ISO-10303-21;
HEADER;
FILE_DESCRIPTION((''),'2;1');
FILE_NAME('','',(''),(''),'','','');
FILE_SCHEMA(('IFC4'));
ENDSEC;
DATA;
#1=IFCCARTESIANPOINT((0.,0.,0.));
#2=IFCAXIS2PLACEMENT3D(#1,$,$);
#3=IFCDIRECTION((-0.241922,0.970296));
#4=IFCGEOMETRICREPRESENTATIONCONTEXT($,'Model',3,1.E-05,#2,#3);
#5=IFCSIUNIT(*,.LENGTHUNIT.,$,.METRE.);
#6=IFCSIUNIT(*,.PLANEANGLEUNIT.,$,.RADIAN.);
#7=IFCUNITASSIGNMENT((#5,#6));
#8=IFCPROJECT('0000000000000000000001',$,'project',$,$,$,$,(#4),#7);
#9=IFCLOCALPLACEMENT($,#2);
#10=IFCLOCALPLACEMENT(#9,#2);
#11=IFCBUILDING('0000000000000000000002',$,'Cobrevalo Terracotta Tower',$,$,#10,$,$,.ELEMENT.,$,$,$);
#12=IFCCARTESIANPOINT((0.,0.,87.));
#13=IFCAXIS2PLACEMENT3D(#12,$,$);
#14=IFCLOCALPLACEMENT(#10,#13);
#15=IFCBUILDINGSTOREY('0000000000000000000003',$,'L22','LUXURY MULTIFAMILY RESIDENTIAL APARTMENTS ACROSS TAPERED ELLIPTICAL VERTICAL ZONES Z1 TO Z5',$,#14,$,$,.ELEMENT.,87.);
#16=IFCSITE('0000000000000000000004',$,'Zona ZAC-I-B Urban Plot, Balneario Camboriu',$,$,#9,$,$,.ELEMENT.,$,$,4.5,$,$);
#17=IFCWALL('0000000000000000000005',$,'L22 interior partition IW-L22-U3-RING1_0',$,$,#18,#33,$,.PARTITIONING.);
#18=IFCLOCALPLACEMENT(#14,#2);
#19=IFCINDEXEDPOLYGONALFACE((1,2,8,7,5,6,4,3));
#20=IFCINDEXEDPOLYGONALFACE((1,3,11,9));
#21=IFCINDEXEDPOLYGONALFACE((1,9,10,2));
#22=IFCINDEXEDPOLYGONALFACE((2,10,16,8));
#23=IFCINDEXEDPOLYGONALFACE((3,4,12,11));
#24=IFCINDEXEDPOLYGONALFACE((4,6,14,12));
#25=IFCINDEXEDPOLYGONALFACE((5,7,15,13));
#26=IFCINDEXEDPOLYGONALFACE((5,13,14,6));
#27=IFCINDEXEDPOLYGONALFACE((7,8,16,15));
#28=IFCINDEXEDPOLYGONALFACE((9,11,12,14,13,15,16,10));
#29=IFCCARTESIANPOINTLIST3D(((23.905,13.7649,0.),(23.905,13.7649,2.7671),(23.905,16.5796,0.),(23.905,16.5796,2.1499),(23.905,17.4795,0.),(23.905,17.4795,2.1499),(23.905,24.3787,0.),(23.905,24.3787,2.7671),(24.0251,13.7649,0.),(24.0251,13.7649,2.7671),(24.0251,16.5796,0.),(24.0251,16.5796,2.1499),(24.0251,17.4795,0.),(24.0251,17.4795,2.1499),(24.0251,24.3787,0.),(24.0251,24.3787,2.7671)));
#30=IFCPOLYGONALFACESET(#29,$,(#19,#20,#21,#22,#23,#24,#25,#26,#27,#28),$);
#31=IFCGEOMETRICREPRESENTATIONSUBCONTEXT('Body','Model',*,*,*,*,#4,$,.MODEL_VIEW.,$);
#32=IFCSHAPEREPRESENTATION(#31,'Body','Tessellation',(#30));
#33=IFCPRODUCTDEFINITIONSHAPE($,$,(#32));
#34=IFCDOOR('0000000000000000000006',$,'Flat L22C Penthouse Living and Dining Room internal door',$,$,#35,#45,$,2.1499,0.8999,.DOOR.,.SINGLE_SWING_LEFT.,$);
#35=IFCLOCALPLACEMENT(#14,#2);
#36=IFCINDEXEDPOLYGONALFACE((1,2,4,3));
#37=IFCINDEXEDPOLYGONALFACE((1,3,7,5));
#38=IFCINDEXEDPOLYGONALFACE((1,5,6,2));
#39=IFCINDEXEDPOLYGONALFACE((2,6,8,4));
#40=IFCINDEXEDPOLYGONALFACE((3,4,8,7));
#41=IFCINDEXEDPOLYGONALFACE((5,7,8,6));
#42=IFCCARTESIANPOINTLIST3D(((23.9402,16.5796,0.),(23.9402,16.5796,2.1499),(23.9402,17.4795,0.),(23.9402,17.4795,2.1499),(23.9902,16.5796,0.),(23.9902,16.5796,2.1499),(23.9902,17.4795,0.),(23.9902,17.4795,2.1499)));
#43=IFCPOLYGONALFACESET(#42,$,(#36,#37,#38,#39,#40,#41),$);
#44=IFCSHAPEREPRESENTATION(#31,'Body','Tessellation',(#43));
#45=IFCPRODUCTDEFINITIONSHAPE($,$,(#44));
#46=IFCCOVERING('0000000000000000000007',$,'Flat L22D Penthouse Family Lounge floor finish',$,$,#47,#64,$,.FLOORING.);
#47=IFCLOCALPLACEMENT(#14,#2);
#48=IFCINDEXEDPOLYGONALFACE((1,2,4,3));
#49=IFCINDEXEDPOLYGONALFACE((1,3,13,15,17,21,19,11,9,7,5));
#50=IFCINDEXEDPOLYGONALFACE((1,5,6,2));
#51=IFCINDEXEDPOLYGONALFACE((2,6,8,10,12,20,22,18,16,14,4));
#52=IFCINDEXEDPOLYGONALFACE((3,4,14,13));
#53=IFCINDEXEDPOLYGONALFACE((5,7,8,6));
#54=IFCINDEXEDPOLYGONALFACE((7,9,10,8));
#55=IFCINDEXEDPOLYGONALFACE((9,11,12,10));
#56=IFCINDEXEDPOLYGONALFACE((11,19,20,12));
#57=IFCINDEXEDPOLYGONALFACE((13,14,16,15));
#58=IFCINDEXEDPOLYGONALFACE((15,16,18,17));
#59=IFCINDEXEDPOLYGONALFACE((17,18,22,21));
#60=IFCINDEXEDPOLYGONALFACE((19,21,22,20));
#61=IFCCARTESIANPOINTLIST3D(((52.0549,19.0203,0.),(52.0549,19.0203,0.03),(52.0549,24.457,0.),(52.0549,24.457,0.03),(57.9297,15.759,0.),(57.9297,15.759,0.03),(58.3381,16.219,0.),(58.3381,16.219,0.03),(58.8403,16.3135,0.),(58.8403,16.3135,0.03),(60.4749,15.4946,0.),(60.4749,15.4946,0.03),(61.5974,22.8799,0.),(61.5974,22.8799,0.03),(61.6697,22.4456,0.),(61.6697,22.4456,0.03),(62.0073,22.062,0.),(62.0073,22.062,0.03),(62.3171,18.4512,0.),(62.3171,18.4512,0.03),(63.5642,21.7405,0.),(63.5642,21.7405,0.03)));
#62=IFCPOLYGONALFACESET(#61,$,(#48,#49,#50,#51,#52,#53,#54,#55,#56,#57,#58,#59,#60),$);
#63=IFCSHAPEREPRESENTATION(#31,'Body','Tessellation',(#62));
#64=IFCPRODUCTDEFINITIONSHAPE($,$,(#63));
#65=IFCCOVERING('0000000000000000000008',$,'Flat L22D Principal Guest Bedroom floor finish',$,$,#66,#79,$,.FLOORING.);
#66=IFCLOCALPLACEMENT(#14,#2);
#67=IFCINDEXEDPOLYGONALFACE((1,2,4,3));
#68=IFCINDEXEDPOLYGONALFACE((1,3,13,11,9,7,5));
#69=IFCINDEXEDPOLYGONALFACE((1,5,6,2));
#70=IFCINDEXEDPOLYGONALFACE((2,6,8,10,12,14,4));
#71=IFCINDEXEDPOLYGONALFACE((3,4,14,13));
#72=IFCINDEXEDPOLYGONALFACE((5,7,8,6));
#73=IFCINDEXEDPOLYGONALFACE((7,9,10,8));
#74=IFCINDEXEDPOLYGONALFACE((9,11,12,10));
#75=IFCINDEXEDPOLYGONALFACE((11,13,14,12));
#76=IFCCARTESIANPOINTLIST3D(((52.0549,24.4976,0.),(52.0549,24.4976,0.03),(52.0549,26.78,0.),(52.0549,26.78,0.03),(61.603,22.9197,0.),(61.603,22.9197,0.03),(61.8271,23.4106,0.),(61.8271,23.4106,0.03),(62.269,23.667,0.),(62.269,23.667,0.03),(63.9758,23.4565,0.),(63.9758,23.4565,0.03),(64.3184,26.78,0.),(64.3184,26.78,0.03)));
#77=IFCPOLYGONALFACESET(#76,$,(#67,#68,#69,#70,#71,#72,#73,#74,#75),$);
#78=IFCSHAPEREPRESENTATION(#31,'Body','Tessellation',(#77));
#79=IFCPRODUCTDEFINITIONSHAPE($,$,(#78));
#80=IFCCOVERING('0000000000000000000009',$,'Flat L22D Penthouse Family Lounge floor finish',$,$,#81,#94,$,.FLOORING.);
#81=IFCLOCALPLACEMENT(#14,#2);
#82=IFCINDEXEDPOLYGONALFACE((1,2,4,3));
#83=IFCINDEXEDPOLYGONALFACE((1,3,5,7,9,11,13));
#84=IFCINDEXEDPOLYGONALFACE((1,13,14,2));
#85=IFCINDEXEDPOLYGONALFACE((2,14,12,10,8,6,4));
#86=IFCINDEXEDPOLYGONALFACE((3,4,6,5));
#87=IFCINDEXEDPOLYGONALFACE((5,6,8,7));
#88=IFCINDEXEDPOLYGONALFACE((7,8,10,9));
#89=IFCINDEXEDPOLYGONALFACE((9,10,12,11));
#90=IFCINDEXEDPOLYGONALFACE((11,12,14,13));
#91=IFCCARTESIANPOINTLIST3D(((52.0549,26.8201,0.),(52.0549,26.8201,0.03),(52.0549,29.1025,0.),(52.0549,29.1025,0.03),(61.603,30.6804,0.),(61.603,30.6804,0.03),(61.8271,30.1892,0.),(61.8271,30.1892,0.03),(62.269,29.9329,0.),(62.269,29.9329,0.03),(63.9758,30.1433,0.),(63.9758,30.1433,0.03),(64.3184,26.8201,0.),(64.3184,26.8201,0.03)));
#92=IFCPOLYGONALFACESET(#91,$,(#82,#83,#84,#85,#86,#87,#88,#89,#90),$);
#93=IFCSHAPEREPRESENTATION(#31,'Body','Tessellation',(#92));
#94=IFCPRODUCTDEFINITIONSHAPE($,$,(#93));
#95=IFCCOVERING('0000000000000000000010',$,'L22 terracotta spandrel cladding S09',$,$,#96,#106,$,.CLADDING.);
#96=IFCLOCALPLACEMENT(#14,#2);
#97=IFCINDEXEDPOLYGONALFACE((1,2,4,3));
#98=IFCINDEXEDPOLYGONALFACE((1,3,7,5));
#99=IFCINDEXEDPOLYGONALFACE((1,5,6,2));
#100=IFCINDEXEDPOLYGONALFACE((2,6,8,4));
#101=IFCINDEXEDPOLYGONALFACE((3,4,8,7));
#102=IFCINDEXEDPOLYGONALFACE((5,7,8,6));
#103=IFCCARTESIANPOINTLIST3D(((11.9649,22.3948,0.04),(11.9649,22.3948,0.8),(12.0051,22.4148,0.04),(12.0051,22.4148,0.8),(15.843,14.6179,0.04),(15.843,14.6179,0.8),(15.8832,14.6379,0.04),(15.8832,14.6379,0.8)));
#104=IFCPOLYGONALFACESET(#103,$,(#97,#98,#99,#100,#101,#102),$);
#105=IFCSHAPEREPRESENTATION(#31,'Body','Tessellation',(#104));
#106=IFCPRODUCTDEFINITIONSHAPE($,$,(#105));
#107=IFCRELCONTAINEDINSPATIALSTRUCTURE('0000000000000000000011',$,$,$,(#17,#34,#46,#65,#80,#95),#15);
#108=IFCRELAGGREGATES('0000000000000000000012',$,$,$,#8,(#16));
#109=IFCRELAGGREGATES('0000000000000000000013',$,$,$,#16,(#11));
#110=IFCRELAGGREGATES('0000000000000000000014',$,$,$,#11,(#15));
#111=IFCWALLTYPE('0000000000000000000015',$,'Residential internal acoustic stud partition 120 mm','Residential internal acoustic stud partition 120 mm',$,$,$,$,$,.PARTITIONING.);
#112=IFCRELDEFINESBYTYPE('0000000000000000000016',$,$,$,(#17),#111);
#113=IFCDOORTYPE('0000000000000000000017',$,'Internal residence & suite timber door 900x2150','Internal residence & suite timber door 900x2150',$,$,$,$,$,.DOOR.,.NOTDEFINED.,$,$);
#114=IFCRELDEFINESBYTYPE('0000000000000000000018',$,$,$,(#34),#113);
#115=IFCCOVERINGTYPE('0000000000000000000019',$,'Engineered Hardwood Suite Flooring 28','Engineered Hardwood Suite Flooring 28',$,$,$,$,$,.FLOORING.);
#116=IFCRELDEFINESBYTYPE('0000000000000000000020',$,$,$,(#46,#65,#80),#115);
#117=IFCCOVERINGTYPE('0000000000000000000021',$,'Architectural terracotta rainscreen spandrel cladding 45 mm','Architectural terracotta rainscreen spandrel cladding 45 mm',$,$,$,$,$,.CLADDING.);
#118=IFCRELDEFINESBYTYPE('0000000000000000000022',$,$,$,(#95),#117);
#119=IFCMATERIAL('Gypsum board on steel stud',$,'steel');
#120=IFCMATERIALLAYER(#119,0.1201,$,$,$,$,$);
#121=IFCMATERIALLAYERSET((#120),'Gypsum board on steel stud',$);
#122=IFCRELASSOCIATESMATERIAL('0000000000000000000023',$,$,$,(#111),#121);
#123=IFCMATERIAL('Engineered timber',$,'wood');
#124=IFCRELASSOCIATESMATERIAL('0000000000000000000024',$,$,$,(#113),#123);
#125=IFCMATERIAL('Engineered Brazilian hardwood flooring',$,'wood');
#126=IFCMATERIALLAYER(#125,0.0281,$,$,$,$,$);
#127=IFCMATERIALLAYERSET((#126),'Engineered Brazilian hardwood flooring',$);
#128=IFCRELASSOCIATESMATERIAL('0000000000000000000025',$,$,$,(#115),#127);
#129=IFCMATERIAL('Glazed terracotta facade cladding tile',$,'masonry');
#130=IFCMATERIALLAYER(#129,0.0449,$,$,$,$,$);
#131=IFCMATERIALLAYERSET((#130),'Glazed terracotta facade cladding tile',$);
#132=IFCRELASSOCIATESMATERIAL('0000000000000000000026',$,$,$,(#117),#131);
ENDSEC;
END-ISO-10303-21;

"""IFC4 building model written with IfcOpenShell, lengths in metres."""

from ifc_helpers import new_model, si_unit, direction, frame, frame_2d, origin, origin_2d, place, context, subcontext, project, spatial, polyline, rectangle, outline, extrude, source, transform, mapped, material, layer, layer_set, type_object, element, fill, save


model = new_model("IFC4")

# Units and contexts
model_context = context("Model", 3, precision=1e-05, world=origin(), true_north=direction((-0.241922, 0.970296)))
body_context = subcontext(model_context, "Body", "Model", "MODEL_VIEW")
ifc_project = project(units=[si_unit("LENGTHUNIT", "METRE"), si_unit("PLANEANGLEUNIT", "RADIAN")], contexts=[model_context])

# Site, building, storey
site_placement = place(None, origin())
site = spatial("IfcSite", under=ifc_project, at=site_placement, Name="Zona ZAC-I-B Urban Plot, Balneario Camboriu", CompositionType="ELEMENT", RefElevation=4.5)
building_placement = place(site_placement, origin())
building = spatial("IfcBuilding", under=site, at=building_placement, Name="Cobrevalo Terracotta Tower", CompositionType="ELEMENT")
storey_placement = place(building_placement, frame((0.0, 0.0, 87.0)))
storey = spatial("IfcBuildingStorey", under=building, at=storey_placement, Name="L22", Description="LUXURY MULTIFAMILY RESIDENTIAL APARTMENTS ACROSS TAPERED ELLIPTICAL VERTICAL ZONES Z1 TO Z5", CompositionType="ELEMENT", Elevation=87.0)

# Wall, opening, door
ifc_material_1 = material(Name="Gypsum board on steel stud", Category="steel")
ifc_layer_1 = layer(ifc_material_1, 0.1201)
ifc_layer_set_1 = layer_set([ifc_layer_1], Name="Gypsum board on steel stud")
wall_type_1 = type_object("IfcWallType", Name="Residential internal acoustic stud partition 120 mm", Description="Residential internal acoustic stud partition 120 mm", PredefinedType="PARTITIONING", material=ifc_layer_set_1)
wall_1_placement = place(storey_placement, frame((23.9651, 13.7649, 0.0), z_axis=(0.0, 0.0, 1.0), x_axis=(0.0, 1.0, 0.0)))
wall_1 = element("IfcWall", 1, at=wall_1_placement, inside=storey, type_object=wall_type_1, Name="L22 interior partition IW-L22-U3-RING1_0", PredefinedType="PARTITIONING", context=body_context, shape_type="SweptSolid", body=[
    extrude(rectangle(XDim=10.6138, YDim=0.1201, at=frame_2d((5.3069, 0.0))), origin(), (0.0, 0.0, 1.0), 2.7671),
])
opening_1_placement = place(wall_1_placement, frame((2.8147, 0.0, 0.0)))
opening_1 = element("IfcOpeningElement", 2, at=opening_1_placement, cuts=wall_1, PredefinedType="OPENING", context=body_context, shape_type="SweptSolid", body=[
    extrude(rectangle(XDim=0.8999, YDim=2.1499, at=frame_2d((0.45, 1.075))), frame((0.0, 0.0701, 0.0), z_axis=(0.0, -1.0, 0.0), x_axis=(1.0, 0.0, 0.0)), (0.0, 0.0, 1.0), 0.1401),
])
ifc_material_2 = material(Name="Engineered timber", Category="wood")
door_type_1 = type_object("IfcDoorType", Name="Internal residence & suite timber door 900x2150", Description="Internal residence & suite timber door 900x2150", OperationType="NOTDEFINED", PredefinedType="DOOR", material=ifc_material_2)
shared_shape_1 = source(origin(), body_context, "Body", "SweptSolid", [
    extrude(rectangle(XDim=0.8999, YDim=2.1499, at=frame_2d((0.45, 1.075))), frame((0.0, 0.0249, 0.0), z_axis=(0.0, -1.0, 0.0), x_axis=(1.0, 0.0, 0.0)), (0.0, 0.0, 1.0), 0.05),
])
door_1_placement = place(opening_1_placement, origin())
door_1 = element("IfcDoor", 3, at=door_1_placement, inside=storey, type_object=door_type_1, Name="Flat L22C Penthouse Living and Dining Room internal door", OperationType="SINGLE_SWING_LEFT", OverallHeight=2.1499, OverallWidth=0.8999, PredefinedType="DOOR", context=body_context, shape_type="MappedRepresentation", body=[
    mapped(shared_shape_1, transform((0.0, 0.0, 0.0), scale=1.0)),
])
fill(opening_1, door_1)

# Coverings
ifc_material_3 = material(Name="Engineered Brazilian hardwood flooring", Category="wood")
ifc_layer_2 = layer(ifc_material_3, 0.0281)
ifc_layer_set_2 = layer_set([ifc_layer_2], Name="Engineered Brazilian hardwood flooring")
covering_type_1 = type_object("IfcCoveringType", Name="Engineered Hardwood Suite Flooring 28", Description="Engineered Hardwood Suite Flooring 28", PredefinedType="FLOORING", material=ifc_layer_set_2)
covering_1_placement = place(storey_placement, origin())
element("IfcCovering", 4, at=covering_1_placement, inside=storey, type_object=covering_type_1, Name="Flat L22D Penthouse Family Lounge floor finish", PredefinedType="FLOORING", context=body_context, shape_type="SweptSolid", body=[
    extrude(outline(polyline([(60.4749, 15.4946), (58.8403, 16.3135), (58.3381, 16.219), (57.9297, 15.759), (52.0549, 19.0203), (52.0549, 24.457), (61.5974, 22.8799), (61.6697, 22.4456), (62.0073, 22.062), (63.5642, 21.7405), (62.3171, 18.4512), (60.4749, 15.4946)])), origin(), (0.0, 0.0, 1.0), 0.03),
])
covering_2_placement = place(storey_placement, origin())
element("IfcCovering", 5, at=covering_2_placement, inside=storey, type_object=covering_type_1, Name="Flat L22D Principal Guest Bedroom floor finish", PredefinedType="FLOORING", context=body_context, shape_type="SweptSolid", body=[
    extrude(outline(polyline([(64.3184, 26.78), (63.9758, 23.4565), (62.269, 23.667), (61.8271, 23.4106), (61.603, 22.9197), (52.0549, 24.4976), (52.0549, 26.78), (64.3184, 26.78)])), origin(), (0.0, 0.0, 1.0), 0.03),
])
covering_3_placement = place(storey_placement, origin())
element("IfcCovering", 6, at=covering_3_placement, inside=storey, type_object=covering_type_1, Name="Flat L22D Penthouse Family Lounge floor finish", PredefinedType="FLOORING", context=body_context, shape_type="SweptSolid", body=[
    extrude(outline(polyline([(61.603, 30.6804), (61.8271, 30.1892), (62.269, 29.9329), (63.9758, 30.1433), (64.3184, 26.8201), (52.0549, 26.8201), (52.0549, 29.1025), (61.603, 30.6804)])), origin(), (0.0, 0.0, 1.0), 0.03),
])
ifc_material_4 = material(Name="Glazed terracotta facade cladding tile", Category="masonry")
ifc_layer_3 = layer(ifc_material_4, 0.0449)
ifc_layer_set_3 = layer_set([ifc_layer_3], Name="Glazed terracotta facade cladding tile")
covering_type_2 = type_object("IfcCoveringType", Name="Architectural terracotta rainscreen spandrel cladding 45 mm", Description="Architectural terracotta rainscreen spandrel cladding 45 mm", PredefinedType="CLADDING", material=ifc_layer_set_3)
shared_shape_2 = source(origin(), body_context, "Body", "SweptSolid", [
    extrude(rectangle(XDim=8.6902, YDim=0.0449, at=origin_2d()), origin(), (0.0, 0.0, 1.0), 0.76),
])
covering_4_placement = place(storey_placement, frame((13.9241, 18.5164, 0.04), z_axis=(0.0, 0.0, 1.0), x_axis=(0.446262, -0.894902, 0.0)))
element("IfcCovering", 7, at=covering_4_placement, inside=storey, type_object=covering_type_2, Name="L22 terracotta spandrel cladding S09", PredefinedType="CLADDING", context=body_context, shape_type="MappedRepresentation", body=[
    mapped(shared_shape_2, transform((0.0, 0.0, 0.0), scale=1.0)),
])

save(model, "model.ifc")
